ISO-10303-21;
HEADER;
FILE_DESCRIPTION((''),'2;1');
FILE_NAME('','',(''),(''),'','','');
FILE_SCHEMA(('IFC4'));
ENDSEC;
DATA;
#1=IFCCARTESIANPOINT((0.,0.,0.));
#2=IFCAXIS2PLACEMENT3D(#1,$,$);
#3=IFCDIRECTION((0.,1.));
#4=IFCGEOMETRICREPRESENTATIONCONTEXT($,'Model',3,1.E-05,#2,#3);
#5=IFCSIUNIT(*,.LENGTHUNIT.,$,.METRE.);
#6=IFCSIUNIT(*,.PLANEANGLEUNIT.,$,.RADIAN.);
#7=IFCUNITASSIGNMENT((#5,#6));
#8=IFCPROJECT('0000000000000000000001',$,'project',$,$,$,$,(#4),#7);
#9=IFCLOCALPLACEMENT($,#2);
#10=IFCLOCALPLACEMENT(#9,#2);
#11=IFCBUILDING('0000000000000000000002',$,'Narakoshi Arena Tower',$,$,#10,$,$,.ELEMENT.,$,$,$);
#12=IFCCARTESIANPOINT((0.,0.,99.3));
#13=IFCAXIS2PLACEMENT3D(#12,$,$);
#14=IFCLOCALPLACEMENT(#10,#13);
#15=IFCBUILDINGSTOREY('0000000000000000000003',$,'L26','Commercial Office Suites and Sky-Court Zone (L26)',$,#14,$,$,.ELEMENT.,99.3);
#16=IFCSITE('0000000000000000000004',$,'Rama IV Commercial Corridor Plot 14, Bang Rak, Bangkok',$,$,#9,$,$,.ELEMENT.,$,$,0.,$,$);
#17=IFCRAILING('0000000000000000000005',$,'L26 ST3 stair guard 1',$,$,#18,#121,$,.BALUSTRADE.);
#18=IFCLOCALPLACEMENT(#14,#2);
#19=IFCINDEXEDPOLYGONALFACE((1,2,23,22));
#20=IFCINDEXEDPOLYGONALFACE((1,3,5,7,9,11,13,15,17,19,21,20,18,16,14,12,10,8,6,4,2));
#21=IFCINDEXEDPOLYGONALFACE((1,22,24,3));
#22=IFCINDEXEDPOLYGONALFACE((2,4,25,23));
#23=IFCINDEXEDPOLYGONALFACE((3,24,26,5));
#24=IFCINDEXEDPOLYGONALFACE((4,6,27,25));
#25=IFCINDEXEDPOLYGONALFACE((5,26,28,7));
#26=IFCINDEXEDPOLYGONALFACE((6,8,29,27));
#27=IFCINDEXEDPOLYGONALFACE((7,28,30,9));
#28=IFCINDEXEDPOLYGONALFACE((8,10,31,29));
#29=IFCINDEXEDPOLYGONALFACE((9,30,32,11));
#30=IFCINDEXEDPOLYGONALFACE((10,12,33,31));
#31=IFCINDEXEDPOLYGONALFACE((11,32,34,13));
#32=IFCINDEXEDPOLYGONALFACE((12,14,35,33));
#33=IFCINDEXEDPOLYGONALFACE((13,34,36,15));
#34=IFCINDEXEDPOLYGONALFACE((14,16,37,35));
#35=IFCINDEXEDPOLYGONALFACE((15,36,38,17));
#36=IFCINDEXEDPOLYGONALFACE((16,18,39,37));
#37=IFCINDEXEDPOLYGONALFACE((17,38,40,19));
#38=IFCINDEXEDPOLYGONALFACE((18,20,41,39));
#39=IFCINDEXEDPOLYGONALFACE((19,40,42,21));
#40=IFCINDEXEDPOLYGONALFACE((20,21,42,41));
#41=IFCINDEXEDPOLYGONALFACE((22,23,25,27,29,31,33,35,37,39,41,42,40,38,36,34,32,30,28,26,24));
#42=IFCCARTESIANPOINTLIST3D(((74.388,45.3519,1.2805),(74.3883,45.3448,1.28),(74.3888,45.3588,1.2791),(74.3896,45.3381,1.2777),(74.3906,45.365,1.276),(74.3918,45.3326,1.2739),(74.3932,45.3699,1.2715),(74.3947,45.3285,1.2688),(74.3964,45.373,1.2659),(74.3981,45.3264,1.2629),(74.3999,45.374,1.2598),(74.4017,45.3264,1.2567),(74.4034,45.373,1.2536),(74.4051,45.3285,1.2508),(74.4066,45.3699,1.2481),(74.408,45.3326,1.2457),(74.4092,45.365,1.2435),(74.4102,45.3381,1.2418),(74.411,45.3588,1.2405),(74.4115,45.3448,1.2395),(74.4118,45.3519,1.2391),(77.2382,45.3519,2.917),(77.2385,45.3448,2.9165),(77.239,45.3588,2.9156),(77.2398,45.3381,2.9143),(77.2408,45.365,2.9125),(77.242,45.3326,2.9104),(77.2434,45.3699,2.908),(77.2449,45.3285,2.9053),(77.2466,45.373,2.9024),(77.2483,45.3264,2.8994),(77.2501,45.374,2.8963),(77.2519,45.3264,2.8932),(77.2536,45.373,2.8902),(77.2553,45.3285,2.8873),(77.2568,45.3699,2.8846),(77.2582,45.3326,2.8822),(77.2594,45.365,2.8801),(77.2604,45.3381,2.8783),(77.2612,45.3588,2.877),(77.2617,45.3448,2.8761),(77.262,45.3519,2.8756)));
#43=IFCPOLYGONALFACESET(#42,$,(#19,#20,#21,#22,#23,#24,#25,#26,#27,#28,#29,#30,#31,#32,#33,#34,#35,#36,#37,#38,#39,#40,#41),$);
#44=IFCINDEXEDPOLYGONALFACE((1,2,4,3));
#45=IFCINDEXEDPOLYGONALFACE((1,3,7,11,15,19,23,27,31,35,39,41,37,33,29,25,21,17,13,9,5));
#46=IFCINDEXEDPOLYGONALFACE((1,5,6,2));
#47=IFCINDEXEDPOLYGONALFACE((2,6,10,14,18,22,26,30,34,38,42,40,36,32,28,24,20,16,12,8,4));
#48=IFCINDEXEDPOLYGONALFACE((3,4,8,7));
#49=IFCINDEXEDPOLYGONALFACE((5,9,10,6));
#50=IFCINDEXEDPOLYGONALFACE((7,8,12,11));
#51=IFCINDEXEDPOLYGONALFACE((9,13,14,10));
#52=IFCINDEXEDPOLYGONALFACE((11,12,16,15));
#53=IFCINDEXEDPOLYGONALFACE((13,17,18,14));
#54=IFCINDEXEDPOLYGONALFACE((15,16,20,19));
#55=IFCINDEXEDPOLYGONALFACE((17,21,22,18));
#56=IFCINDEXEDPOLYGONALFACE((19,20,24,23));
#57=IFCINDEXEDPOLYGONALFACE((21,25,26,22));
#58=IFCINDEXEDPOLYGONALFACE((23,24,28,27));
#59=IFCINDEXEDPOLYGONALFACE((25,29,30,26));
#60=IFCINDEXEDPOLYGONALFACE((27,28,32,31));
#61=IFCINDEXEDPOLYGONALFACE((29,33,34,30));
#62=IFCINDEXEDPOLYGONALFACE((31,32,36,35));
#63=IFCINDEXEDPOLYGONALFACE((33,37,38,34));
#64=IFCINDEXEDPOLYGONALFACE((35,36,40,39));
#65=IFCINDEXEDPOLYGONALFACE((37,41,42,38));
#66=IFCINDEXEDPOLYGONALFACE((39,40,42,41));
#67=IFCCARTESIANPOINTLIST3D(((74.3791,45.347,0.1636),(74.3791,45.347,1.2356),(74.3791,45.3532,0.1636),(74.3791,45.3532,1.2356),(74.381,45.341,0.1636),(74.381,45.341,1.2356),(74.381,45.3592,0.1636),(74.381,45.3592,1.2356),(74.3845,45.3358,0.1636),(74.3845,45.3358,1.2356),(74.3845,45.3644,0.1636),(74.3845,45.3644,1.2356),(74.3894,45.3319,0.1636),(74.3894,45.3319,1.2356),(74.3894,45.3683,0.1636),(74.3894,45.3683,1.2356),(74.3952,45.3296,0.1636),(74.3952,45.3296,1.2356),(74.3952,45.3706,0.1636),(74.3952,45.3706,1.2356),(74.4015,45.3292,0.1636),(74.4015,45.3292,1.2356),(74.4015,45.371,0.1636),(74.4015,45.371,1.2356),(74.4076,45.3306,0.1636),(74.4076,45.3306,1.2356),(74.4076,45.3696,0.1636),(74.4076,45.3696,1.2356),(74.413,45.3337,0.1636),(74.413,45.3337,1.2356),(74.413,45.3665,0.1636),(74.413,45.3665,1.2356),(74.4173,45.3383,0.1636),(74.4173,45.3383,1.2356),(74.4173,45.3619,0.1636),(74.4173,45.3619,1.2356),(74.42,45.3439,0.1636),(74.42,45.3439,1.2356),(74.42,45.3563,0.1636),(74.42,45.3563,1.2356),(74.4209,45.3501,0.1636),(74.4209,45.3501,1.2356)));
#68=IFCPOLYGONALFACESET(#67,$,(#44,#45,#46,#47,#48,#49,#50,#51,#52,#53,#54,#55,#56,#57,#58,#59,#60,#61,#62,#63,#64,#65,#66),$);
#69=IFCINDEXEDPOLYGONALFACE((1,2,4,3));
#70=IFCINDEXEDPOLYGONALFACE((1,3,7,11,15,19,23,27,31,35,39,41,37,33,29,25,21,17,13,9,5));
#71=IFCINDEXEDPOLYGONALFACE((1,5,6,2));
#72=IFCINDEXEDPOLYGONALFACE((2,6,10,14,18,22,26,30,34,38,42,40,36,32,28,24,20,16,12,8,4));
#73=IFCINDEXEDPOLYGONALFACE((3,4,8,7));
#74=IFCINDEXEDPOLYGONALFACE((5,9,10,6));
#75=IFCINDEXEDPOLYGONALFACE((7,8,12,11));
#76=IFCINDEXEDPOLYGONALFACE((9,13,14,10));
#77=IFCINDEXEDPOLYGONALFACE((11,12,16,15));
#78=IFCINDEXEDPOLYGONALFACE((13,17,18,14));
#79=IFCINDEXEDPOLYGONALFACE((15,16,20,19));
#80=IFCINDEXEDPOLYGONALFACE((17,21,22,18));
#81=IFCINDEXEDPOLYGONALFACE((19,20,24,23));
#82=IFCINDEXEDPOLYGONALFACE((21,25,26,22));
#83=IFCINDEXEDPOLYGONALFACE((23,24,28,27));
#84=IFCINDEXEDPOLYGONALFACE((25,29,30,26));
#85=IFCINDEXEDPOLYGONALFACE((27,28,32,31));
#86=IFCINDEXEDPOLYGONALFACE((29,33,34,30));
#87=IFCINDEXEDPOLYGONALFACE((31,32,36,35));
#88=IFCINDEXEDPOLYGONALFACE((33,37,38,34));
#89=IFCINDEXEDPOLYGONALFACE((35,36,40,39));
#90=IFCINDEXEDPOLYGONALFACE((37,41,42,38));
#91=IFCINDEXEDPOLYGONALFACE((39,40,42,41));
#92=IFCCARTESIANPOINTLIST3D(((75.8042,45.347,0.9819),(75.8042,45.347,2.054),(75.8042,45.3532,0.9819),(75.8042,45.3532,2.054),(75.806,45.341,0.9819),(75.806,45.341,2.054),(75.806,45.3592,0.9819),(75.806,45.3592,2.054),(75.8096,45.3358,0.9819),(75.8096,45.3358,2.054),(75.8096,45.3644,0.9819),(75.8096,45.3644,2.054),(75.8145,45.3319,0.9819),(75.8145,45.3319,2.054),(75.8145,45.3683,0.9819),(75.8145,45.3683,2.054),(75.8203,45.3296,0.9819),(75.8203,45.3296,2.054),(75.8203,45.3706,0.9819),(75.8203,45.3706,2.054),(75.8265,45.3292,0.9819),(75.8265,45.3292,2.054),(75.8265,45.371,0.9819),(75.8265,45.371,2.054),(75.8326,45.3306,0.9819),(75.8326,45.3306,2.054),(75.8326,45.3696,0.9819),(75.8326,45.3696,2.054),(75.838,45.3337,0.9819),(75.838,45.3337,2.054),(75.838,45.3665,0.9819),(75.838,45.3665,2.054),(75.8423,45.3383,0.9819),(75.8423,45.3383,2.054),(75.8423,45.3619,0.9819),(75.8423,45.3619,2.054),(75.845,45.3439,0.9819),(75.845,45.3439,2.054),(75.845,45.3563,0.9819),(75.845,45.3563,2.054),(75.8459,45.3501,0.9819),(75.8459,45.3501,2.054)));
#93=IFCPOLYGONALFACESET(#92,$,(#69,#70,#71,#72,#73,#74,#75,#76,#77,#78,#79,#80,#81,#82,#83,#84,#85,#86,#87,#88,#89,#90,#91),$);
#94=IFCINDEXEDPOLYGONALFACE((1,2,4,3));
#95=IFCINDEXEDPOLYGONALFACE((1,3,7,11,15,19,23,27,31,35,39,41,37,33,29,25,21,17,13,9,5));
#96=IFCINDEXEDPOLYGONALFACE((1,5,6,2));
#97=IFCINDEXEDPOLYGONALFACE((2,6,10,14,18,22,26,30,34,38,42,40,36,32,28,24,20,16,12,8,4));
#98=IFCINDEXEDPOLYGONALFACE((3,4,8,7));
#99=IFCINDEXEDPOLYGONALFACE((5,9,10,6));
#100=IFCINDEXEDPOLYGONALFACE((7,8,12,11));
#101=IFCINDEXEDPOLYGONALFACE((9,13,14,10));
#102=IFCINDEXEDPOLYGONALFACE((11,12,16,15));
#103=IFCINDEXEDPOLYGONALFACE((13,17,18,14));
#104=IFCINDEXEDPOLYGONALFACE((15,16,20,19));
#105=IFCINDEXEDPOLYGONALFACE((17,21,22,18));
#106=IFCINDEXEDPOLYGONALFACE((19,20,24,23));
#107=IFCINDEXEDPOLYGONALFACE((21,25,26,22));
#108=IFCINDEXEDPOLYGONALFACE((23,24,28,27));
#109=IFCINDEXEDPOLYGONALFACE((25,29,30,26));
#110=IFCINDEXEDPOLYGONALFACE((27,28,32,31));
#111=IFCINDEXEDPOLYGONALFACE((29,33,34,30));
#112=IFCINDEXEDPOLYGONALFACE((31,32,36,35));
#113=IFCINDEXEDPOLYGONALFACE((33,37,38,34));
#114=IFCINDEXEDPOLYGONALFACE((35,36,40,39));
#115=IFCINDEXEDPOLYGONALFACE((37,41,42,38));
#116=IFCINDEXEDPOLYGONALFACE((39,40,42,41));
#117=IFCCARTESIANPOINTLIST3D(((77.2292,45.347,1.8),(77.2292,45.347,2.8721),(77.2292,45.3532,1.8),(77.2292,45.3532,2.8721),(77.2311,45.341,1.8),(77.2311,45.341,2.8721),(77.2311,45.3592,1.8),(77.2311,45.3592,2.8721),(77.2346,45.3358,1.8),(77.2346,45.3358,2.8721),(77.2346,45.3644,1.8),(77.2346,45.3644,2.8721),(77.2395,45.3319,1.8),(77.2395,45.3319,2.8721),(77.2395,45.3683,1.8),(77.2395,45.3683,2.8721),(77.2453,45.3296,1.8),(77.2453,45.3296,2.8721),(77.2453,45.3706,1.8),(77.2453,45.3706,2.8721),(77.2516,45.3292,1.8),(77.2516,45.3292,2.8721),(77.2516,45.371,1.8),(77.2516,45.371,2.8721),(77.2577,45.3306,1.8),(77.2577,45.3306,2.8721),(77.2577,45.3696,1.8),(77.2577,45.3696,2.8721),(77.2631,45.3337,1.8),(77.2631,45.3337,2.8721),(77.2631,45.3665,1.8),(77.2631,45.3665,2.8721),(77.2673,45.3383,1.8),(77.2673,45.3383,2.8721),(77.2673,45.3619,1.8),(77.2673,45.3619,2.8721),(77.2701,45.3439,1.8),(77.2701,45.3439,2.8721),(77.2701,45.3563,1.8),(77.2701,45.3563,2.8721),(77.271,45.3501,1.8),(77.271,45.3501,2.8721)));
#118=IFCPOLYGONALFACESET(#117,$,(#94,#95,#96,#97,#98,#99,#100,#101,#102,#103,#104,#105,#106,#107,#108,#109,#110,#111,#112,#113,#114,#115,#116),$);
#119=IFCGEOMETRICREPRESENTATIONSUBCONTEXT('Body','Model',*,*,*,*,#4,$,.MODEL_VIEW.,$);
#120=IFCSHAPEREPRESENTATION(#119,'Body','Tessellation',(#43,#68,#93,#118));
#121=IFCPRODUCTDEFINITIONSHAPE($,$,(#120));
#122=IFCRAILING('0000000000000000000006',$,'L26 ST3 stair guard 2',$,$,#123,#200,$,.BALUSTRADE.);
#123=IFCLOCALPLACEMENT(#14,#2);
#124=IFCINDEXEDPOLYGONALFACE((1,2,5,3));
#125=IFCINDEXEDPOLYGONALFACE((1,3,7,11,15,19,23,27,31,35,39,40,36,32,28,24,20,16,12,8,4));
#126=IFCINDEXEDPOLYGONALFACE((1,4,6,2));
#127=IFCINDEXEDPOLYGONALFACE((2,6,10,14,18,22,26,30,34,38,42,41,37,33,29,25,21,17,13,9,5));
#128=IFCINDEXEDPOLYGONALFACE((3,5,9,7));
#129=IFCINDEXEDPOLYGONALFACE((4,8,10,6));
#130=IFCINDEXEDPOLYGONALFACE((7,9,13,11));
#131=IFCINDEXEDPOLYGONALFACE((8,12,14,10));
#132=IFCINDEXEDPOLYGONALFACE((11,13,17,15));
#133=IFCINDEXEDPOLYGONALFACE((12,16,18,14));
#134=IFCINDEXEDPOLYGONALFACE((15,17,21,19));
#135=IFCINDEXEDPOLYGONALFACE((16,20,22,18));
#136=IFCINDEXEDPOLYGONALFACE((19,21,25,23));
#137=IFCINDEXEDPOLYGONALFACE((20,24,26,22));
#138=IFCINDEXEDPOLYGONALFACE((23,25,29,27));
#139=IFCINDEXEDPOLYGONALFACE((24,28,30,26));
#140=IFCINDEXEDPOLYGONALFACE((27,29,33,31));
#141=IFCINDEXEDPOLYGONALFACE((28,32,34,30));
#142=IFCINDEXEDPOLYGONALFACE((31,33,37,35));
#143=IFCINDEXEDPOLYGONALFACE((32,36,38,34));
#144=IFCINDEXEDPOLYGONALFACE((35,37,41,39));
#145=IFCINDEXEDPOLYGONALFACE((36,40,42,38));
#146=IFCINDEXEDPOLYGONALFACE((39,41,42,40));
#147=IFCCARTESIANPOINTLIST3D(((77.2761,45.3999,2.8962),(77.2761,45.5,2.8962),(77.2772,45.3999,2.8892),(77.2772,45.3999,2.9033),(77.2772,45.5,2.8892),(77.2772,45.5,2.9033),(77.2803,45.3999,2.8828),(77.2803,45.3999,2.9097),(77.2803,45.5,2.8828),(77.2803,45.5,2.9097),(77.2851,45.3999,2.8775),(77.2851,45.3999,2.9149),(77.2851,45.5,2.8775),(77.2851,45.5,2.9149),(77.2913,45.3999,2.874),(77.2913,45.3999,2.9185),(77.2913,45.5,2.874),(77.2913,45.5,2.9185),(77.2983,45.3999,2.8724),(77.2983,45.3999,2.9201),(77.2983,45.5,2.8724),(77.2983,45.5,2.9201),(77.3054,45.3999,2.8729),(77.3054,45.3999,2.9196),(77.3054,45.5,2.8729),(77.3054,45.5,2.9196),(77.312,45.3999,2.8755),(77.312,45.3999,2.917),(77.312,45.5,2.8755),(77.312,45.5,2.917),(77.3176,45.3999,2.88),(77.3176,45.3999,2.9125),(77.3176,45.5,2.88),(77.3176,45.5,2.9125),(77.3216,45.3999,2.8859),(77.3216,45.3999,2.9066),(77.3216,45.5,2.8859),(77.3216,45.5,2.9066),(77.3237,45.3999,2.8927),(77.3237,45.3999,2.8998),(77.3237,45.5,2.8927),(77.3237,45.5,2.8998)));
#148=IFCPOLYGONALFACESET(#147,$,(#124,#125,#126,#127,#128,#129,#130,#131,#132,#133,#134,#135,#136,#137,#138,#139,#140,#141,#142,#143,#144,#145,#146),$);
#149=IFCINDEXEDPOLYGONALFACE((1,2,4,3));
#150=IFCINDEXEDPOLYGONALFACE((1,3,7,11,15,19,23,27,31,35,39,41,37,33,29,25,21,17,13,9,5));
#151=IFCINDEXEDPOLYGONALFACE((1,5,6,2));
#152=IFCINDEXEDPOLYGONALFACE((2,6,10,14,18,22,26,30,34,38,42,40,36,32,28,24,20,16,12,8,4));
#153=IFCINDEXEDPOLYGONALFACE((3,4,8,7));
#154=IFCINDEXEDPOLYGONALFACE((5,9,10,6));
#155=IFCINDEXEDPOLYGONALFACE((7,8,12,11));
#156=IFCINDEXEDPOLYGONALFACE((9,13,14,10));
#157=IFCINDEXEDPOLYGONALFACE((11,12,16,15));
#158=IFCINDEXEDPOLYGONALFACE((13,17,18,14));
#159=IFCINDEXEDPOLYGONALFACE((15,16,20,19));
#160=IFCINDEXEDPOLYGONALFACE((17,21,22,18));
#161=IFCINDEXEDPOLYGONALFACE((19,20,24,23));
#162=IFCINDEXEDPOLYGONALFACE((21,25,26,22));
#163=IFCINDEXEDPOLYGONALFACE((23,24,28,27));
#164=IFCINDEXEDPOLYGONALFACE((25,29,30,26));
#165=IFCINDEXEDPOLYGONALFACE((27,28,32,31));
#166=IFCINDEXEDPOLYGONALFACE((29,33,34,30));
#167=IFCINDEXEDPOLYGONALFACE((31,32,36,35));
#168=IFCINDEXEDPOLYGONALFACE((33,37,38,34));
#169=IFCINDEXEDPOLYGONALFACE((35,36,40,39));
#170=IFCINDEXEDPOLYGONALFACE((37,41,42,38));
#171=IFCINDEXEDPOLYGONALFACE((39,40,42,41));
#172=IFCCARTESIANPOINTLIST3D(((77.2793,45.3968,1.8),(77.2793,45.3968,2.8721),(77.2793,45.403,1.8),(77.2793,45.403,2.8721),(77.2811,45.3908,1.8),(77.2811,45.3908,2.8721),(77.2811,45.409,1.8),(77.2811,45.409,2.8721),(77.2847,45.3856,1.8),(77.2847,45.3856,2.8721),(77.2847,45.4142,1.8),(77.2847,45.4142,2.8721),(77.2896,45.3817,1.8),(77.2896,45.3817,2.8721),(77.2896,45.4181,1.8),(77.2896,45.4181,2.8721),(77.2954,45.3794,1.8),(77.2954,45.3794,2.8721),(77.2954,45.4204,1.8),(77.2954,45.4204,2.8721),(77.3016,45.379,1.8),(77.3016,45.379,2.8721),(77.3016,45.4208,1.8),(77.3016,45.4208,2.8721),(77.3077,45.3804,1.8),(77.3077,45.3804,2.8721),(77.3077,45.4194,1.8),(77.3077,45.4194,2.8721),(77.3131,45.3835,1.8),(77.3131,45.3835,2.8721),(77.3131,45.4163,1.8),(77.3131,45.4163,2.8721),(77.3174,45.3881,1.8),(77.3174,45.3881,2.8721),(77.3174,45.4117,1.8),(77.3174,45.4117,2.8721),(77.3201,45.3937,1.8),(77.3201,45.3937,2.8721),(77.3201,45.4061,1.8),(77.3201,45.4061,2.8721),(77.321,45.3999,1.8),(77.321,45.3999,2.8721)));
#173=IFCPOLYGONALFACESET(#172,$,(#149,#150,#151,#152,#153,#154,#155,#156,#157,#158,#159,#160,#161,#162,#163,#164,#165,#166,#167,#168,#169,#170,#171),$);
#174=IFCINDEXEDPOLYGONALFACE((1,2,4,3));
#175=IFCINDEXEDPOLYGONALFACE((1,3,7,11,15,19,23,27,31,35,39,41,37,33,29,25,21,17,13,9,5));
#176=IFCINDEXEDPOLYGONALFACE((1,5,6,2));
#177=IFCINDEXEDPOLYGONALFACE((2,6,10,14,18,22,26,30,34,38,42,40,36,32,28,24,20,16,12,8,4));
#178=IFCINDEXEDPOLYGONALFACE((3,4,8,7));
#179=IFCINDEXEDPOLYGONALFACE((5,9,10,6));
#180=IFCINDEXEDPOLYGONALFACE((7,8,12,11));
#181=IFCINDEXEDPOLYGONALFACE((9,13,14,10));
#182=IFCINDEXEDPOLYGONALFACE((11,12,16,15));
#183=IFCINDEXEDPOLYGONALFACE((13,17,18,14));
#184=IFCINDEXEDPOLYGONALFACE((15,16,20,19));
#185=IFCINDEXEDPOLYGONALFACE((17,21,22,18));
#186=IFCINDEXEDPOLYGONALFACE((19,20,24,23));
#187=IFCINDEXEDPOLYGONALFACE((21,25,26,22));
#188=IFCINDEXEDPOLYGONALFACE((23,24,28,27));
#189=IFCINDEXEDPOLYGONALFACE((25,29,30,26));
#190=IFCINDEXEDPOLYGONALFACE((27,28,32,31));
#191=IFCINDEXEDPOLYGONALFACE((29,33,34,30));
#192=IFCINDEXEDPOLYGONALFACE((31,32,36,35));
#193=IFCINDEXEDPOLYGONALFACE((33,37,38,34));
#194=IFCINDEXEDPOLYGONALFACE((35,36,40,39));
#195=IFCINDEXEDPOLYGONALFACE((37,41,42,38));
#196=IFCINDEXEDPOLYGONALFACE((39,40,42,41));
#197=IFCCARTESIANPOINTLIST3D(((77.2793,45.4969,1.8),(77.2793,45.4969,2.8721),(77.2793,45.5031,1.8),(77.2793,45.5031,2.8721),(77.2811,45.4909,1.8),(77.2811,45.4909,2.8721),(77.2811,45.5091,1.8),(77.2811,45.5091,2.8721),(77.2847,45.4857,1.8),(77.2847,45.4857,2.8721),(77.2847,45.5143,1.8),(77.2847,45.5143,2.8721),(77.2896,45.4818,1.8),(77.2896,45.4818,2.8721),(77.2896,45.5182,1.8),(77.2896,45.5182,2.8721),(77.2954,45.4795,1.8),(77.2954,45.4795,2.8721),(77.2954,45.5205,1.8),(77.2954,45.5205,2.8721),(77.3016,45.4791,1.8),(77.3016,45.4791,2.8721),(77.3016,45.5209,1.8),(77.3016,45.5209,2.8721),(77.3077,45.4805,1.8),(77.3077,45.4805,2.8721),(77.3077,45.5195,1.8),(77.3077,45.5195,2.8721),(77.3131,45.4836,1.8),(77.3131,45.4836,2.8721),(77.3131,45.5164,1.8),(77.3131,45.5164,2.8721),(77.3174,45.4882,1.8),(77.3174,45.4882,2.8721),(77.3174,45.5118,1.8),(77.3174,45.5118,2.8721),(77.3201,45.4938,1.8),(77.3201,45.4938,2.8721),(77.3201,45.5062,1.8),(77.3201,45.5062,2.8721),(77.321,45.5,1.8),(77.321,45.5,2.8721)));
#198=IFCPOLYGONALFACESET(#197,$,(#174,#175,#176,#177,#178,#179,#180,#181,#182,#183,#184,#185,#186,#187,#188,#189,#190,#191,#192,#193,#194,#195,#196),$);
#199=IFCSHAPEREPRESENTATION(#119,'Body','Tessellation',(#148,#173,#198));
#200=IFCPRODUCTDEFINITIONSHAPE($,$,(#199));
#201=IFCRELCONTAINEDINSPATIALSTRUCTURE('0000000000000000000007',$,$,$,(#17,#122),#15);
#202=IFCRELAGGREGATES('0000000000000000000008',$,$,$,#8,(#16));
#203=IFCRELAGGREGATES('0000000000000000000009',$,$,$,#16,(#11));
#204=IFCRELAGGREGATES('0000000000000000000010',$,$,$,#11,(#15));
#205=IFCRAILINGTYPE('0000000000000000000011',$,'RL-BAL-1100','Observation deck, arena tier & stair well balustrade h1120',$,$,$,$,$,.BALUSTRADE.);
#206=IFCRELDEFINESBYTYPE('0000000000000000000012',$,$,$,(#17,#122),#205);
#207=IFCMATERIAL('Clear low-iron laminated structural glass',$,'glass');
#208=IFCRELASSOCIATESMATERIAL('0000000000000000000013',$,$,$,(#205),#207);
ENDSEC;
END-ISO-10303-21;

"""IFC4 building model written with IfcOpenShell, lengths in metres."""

from ifc_helpers import new_model, si_unit, direction, frame, origin, origin_2d, place, context, subcontext, project, spatial, circle, extrude, material, type_object, element, save


model = new_model("IFC4")

# Units and contexts
model_context = context("Model", 3, precision=1e-05, world=origin(), true_north=direction((0.0, 1.0)))
body_context = subcontext(model_context, "Body", "Model", "MODEL_VIEW")
ifc_project = project(units=[si_unit("LENGTHUNIT", "METRE"), si_unit("PLANEANGLEUNIT", "RADIAN")], contexts=[model_context])

# Site, building, storey
site_placement = place(None, origin())
site = spatial("IfcSite", under=ifc_project, at=site_placement, Name="Rama IV Commercial Corridor Plot 14, Bang Rak, Bangkok", CompositionType="ELEMENT", RefElevation=0.0)
building_placement = place(site_placement, origin())
building = spatial("IfcBuilding", under=site, at=building_placement, Name="Narakoshi Arena Tower", CompositionType="ELEMENT")
storey_placement = place(building_placement, frame((0.0, 0.0, 99.3)))
storey = spatial("IfcBuildingStorey", under=building, at=storey_placement, Name="L26", Description="Commercial Office Suites and Sky-Court Zone (L26)", CompositionType="ELEMENT", Elevation=99.3)

# Railings
ifc_material_1 = material(Name="Clear low-iron laminated structural glass", Category="glass")
railing_type_1 = type_object("IfcRailingType", Name="RL-BAL-1100", Description="Observation deck, arena tier & stair well balustrade h1120", PredefinedType="BALUSTRADE", material=ifc_material_1)
railing_1_placement = place(storey_placement, frame((74.3999, 45.3501, 0.1636)))
element("IfcRailing", 1, at=railing_1_placement, inside=storey, type_object=railing_type_1, Name="L26 ST3 stair guard 1", PredefinedType="BALUSTRADE", context=body_context, shape_type="SweptSolid", body=[
    extrude(circle(Radius=0.0239, at=origin_2d()), frame((0.0, 0.0, 1.0962), z_axis=(0.867213, 0.0, 0.497938), x_axis=(0.0, 1.0, 0.0)), (0.0, 0.0, 1.0), 3.2866),
    extrude(circle(Radius=0.021, at=origin_2d()), origin(), (0.0, 0.0, 1.0), 1.072),
    extrude(circle(Radius=0.021, at=origin_2d()), frame((1.425, 0.0, 0.8184)), (0.0, 0.0, 1.0), 1.072),
    extrude(circle(Radius=0.021, at=origin_2d()), frame((2.8501, 0.0, 1.6365)), (0.0, 0.0, 1.0), 1.072),
])
railing_2_placement = place(storey_placement, frame((77.3, 45.3999, 1.8)))
element("IfcRailing", 2, at=railing_2_placement, inside=storey, type_object=railing_type_1, Name="L26 ST3 stair guard 2", PredefinedType="BALUSTRADE", context=body_context, shape_type="SweptSolid", body=[
    extrude(circle(Radius=0.0239, at=origin_2d()), frame((0.0, 0.0, 1.0962), z_axis=(0.0, 1.0, 0.0), x_axis=(-1.0, 0.0, 0.0)), (0.0, 0.0, 1.0), 0.1001),
    extrude(circle(Radius=0.021, at=origin_2d()), origin(), (0.0, 0.0, 1.0), 1.072),
    extrude(circle(Radius=0.021, at=origin_2d()), frame((0.0, 0.1001, 0.0)), (0.0, 0.0, 1.0), 1.072),
])

save(model, "model.ifc")
